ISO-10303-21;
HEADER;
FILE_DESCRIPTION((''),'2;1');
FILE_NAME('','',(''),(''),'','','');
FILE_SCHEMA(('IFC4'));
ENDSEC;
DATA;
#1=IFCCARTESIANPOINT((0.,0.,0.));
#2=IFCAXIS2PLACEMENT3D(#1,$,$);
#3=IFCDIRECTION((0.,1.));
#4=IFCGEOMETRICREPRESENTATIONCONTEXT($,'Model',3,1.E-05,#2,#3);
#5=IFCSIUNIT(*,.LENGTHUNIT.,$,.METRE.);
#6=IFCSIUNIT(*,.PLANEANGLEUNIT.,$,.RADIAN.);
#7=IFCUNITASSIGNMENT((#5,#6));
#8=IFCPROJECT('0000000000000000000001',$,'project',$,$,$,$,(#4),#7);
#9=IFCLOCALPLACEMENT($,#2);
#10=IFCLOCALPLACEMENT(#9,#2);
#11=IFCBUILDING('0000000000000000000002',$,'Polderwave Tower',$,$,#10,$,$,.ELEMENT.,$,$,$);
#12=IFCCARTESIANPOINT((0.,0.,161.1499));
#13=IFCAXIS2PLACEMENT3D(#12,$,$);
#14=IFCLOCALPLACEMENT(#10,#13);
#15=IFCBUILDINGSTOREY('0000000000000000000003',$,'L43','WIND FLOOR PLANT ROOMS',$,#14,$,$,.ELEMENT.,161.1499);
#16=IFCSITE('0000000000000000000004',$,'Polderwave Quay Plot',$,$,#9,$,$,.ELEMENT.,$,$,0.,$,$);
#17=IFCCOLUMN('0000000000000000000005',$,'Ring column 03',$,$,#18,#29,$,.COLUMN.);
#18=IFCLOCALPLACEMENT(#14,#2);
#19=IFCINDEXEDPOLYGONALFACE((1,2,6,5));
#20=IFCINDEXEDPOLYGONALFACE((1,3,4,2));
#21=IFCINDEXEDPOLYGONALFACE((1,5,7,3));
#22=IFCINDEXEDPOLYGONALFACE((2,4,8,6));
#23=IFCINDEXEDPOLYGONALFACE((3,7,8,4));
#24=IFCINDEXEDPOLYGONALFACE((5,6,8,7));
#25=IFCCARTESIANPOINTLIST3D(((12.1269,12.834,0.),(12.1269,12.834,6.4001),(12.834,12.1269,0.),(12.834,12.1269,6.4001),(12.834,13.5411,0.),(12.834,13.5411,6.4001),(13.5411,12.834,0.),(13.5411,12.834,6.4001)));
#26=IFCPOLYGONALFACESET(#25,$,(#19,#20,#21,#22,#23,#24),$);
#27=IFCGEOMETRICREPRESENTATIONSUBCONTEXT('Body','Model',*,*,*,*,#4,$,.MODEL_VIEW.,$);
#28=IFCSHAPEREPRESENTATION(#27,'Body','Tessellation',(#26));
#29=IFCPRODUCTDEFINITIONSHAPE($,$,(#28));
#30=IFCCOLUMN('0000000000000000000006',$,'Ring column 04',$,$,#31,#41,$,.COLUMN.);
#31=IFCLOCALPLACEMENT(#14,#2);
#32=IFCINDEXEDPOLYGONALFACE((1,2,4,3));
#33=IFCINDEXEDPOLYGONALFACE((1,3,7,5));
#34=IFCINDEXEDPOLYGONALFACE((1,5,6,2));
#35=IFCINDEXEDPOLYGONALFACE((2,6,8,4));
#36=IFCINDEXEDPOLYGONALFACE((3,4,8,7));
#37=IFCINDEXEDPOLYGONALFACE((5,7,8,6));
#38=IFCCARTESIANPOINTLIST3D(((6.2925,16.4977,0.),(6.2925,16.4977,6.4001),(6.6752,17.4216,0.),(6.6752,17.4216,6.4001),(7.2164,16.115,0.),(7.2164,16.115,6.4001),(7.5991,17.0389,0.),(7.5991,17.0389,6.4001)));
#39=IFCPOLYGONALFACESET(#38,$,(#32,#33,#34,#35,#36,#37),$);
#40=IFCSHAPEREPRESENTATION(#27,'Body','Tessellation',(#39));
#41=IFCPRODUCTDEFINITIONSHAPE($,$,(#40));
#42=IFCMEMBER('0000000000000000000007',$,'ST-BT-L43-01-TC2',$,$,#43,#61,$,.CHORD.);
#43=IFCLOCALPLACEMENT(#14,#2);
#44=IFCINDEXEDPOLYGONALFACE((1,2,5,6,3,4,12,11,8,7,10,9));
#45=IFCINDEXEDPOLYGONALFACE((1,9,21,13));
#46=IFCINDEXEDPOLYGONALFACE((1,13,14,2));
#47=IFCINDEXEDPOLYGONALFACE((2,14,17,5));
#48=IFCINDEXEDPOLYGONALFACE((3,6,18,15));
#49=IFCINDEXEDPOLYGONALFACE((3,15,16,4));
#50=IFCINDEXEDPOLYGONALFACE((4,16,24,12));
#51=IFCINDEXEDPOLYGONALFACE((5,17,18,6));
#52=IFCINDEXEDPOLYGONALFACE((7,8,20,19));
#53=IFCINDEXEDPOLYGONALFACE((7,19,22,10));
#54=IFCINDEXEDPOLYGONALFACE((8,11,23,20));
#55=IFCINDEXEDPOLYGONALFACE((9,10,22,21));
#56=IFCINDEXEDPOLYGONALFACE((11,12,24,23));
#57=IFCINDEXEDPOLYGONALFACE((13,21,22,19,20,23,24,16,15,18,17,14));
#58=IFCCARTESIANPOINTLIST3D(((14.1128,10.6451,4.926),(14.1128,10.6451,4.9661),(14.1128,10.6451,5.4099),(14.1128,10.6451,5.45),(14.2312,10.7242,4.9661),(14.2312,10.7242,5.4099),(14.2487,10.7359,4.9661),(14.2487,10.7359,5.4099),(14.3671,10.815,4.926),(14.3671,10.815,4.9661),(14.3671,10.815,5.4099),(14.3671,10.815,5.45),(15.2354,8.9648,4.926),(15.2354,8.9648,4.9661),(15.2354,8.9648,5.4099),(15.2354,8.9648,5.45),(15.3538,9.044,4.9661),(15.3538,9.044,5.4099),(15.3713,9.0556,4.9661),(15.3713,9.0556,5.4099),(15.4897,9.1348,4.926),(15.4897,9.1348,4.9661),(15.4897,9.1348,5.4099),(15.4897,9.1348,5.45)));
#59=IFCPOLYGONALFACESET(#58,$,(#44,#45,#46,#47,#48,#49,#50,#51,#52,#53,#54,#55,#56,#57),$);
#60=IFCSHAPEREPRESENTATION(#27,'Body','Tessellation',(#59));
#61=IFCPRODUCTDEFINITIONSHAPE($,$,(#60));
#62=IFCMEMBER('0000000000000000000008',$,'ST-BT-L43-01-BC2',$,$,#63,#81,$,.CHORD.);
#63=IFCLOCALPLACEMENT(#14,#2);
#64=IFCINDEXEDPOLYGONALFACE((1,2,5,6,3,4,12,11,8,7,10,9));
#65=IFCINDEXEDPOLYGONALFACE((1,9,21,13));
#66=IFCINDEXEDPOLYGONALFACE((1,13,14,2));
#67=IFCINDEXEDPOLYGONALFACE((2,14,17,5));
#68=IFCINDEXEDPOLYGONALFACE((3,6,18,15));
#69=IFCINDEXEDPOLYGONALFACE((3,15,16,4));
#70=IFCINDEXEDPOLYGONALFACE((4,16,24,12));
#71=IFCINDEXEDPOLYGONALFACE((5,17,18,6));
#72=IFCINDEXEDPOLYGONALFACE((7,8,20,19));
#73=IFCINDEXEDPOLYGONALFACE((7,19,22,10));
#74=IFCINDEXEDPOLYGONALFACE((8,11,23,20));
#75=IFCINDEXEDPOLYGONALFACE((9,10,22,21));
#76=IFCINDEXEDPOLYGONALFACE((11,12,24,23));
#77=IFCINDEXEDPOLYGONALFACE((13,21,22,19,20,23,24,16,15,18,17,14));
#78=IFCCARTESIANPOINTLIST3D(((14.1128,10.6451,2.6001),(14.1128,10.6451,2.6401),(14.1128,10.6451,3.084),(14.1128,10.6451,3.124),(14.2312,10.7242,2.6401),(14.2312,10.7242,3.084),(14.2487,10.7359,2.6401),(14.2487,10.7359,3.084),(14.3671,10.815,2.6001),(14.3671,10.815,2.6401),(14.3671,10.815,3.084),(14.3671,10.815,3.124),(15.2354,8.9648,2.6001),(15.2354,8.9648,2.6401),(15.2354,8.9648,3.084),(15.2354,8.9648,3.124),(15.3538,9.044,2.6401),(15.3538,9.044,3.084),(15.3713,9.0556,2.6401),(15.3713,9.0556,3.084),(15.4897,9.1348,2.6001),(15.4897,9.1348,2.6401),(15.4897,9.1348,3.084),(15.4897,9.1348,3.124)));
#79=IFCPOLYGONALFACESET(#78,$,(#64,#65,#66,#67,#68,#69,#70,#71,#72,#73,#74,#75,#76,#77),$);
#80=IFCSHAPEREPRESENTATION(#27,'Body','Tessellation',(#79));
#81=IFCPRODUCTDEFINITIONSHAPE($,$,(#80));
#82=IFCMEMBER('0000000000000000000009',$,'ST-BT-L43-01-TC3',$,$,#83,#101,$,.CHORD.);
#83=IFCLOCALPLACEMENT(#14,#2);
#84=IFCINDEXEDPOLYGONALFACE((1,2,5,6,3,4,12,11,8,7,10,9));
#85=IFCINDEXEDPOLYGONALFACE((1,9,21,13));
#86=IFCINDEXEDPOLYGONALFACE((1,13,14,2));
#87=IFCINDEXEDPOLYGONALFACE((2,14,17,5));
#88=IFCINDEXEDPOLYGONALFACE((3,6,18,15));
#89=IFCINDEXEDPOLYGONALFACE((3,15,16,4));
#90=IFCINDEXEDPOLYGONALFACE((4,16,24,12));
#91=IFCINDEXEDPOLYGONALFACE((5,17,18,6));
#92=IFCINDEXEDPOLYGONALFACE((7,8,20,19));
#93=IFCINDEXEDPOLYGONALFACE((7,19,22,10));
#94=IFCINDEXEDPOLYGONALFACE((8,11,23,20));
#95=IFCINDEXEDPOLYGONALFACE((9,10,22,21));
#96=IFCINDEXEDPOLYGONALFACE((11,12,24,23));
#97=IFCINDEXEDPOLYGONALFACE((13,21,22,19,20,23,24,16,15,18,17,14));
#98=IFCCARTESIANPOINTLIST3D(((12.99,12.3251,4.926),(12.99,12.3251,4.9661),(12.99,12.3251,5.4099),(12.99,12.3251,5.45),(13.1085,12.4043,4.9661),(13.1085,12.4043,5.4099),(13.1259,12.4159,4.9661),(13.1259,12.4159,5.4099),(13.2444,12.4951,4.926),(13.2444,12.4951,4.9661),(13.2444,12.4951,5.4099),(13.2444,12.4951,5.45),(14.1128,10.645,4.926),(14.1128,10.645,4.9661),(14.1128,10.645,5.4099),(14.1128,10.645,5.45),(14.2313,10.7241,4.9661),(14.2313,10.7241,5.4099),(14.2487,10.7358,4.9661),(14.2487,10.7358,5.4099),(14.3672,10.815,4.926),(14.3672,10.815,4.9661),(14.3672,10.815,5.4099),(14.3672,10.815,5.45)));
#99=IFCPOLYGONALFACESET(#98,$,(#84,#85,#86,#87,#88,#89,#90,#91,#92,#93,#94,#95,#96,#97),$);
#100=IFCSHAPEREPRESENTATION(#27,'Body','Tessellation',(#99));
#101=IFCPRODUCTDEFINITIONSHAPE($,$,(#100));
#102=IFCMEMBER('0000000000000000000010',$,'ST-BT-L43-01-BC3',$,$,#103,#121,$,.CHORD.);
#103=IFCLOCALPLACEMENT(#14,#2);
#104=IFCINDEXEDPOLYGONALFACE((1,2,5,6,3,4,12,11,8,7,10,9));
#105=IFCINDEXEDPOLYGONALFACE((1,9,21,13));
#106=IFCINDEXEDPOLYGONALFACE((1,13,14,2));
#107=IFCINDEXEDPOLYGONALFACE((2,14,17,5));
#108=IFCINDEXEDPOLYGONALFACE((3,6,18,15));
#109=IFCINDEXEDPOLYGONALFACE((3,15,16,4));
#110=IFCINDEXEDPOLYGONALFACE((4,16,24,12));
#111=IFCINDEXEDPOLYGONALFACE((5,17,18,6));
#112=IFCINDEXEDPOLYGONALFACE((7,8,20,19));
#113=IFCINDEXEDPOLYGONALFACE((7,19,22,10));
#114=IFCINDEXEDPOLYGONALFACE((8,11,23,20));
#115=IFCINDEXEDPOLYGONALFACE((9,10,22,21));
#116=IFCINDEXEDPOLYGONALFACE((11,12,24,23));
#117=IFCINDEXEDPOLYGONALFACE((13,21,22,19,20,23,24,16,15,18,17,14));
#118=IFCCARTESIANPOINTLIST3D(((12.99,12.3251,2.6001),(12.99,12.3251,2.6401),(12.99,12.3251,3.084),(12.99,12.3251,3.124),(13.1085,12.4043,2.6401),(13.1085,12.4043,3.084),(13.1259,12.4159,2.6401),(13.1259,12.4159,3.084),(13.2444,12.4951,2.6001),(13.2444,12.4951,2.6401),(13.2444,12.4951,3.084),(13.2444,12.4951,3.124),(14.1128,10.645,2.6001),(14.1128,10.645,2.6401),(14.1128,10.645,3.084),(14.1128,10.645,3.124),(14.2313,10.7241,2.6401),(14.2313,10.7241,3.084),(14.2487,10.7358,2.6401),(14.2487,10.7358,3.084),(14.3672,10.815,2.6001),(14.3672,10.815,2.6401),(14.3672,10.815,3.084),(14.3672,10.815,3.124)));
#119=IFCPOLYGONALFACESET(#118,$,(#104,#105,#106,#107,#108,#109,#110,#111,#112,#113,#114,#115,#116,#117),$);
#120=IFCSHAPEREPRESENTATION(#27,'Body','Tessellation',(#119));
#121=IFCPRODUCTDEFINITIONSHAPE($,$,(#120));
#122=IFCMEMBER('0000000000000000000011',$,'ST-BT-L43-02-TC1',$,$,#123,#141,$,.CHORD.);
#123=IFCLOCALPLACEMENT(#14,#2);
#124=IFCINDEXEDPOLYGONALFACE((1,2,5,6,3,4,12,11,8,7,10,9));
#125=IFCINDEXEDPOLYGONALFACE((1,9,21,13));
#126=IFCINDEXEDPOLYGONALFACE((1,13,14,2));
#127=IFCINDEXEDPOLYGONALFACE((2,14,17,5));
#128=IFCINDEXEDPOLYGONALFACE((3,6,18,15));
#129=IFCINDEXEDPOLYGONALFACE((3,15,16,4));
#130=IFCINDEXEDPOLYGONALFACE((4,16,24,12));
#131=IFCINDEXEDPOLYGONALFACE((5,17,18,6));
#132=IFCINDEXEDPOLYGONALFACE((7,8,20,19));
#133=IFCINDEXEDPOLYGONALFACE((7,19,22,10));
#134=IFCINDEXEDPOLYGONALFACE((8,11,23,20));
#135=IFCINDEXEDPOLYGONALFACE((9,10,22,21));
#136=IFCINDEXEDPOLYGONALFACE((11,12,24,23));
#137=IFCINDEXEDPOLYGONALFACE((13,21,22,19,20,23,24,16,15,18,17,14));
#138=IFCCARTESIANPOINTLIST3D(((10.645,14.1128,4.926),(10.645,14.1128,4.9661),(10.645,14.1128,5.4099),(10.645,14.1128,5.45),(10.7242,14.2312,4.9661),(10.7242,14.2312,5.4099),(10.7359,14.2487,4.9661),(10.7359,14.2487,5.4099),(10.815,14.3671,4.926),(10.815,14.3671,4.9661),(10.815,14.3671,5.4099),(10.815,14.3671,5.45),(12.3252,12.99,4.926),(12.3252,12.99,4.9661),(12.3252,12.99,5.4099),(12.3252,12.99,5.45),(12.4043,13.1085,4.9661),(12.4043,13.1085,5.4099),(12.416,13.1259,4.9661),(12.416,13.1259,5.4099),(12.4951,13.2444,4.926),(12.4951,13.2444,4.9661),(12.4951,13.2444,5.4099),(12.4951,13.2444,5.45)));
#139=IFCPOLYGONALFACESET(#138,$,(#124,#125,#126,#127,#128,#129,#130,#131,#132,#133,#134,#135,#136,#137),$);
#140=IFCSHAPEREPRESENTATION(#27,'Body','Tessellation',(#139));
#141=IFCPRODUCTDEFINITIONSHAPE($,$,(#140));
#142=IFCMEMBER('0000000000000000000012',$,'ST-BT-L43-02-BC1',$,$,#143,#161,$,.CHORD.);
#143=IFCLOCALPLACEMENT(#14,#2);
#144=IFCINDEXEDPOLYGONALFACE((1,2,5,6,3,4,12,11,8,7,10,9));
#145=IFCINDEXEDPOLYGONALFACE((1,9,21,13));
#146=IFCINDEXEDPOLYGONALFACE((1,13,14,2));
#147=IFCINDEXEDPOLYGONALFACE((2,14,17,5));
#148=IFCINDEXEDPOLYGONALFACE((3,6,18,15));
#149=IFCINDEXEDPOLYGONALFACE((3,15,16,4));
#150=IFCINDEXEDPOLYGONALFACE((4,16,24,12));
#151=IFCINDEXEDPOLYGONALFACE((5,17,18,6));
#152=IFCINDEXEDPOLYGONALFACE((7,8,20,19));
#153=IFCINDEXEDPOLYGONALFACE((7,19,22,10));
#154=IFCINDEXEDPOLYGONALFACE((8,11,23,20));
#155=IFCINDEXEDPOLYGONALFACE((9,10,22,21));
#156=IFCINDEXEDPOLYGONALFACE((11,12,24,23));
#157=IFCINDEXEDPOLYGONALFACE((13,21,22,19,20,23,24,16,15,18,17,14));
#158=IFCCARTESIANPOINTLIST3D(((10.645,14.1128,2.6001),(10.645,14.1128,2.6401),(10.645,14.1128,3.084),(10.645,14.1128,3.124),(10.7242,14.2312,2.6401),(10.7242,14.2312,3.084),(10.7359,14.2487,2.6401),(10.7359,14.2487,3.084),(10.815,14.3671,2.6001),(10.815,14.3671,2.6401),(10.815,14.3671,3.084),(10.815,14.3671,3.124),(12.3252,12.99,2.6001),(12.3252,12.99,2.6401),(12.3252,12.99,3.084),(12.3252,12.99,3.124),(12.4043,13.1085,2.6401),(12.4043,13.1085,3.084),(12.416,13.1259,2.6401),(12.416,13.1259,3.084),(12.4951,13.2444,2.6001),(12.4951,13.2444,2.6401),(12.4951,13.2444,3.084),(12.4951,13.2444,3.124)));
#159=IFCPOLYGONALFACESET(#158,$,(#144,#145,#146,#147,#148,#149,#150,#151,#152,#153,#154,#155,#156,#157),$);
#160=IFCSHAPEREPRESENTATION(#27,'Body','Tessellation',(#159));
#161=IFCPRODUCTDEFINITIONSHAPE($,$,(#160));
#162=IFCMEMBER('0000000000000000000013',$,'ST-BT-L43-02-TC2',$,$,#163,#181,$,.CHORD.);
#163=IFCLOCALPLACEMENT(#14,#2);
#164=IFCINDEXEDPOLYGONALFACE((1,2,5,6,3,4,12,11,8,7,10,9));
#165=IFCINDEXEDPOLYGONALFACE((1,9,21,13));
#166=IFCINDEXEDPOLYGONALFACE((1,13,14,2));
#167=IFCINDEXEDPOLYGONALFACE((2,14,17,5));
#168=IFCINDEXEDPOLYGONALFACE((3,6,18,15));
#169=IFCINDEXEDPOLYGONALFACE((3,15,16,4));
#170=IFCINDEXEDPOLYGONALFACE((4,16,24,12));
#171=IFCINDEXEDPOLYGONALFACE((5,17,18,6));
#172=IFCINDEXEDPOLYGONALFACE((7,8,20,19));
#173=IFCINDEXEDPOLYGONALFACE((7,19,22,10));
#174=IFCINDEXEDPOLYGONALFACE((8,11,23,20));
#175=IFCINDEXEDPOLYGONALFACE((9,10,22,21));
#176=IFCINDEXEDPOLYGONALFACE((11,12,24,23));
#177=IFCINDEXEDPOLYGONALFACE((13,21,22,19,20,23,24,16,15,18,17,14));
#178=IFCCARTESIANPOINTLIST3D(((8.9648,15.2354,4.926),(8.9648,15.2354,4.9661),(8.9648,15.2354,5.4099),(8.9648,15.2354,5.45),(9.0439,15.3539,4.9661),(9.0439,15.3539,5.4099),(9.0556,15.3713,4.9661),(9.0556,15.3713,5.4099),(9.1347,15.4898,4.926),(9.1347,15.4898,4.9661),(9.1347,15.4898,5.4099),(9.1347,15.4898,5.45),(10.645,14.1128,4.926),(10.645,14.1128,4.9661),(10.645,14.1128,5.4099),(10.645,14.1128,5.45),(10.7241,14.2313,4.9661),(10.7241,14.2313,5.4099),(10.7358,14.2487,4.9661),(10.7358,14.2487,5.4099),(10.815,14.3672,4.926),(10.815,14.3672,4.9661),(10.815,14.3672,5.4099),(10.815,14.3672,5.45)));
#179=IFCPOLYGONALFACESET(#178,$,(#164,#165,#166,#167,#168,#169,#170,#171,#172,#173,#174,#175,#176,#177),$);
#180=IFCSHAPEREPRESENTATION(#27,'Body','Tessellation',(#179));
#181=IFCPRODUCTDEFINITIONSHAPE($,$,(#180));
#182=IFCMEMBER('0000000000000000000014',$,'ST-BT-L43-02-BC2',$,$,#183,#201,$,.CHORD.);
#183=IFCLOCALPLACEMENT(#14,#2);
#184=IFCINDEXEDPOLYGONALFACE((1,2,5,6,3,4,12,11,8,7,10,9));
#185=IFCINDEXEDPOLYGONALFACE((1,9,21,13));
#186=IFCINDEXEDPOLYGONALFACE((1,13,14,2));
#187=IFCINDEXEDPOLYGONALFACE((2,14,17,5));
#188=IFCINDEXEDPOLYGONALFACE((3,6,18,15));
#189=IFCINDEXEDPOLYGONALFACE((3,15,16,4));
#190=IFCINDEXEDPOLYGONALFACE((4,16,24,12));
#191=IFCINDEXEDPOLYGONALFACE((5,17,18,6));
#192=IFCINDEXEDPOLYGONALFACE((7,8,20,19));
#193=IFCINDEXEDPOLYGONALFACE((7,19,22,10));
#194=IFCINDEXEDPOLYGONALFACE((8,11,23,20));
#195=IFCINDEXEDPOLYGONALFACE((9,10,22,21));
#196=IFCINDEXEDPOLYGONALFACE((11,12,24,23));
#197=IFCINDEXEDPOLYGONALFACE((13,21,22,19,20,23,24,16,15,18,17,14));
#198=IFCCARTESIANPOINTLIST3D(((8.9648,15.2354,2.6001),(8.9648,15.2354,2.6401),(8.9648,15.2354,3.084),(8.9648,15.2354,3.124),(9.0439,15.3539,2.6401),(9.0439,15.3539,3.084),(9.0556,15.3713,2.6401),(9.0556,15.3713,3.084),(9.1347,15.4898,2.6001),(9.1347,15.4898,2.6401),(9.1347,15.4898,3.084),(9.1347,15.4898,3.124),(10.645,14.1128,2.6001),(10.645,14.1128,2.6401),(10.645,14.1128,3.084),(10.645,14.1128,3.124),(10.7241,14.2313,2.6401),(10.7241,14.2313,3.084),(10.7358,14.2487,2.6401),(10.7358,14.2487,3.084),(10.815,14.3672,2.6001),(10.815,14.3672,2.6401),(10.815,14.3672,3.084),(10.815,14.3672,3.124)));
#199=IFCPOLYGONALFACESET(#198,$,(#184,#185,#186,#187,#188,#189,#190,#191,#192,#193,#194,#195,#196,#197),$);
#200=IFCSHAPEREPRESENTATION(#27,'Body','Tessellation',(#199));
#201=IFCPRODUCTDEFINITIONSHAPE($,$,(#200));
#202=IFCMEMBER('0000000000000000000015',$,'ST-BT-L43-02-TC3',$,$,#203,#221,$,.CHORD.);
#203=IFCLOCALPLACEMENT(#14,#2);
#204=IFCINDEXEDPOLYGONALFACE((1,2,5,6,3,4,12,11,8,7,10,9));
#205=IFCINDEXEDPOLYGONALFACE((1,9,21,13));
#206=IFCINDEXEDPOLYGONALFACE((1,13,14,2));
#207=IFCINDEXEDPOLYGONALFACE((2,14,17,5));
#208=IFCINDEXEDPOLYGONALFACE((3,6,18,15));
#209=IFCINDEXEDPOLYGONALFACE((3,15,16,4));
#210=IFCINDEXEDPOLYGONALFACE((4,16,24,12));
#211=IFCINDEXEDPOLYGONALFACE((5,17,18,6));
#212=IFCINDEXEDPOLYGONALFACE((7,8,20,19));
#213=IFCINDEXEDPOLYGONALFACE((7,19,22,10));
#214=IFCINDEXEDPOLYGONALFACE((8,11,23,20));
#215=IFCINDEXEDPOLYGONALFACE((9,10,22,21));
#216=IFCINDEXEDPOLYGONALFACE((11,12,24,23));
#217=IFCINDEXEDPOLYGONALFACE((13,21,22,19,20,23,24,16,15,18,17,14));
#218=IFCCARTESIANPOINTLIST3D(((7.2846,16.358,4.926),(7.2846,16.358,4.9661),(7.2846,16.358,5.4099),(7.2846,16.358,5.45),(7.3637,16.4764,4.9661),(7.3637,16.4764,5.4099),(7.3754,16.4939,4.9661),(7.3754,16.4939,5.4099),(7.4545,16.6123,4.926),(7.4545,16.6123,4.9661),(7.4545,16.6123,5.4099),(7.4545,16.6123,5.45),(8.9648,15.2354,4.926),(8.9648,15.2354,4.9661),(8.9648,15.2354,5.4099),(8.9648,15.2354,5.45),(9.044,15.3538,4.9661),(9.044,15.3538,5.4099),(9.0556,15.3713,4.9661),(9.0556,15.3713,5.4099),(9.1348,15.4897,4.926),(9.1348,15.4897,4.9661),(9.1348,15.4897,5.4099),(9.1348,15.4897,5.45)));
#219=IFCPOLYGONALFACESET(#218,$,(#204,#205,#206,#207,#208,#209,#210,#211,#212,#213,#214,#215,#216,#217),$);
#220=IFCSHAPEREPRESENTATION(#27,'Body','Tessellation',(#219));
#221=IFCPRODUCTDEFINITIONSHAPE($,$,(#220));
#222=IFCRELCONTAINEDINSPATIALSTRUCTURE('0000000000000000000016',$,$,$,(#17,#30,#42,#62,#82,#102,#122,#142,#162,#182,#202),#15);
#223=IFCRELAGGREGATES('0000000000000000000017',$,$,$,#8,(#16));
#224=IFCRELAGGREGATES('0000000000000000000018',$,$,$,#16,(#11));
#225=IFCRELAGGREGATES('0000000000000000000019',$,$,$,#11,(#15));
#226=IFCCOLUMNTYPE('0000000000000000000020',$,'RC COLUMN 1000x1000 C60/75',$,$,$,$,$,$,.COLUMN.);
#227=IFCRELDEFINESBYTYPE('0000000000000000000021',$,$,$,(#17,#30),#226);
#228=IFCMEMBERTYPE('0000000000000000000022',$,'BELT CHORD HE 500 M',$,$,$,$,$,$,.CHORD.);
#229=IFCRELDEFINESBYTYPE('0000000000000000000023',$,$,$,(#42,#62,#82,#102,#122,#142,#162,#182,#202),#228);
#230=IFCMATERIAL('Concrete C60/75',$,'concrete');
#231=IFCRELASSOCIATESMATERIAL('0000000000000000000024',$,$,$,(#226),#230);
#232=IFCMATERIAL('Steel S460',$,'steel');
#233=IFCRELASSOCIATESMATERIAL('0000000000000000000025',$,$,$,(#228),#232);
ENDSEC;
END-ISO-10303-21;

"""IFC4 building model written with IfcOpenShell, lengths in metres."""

from ifc_helpers import new_model, si_unit, direction, frame, origin, origin_2d, place, context, subcontext, project, spatial, rectangle, i_section, extrude, material, material_profile, profile_set, type_object, element, save


model = new_model("IFC4")

# Units and contexts
model_context = context("Model", 3, precision=1e-05, world=origin(), true_north=direction((0.0, 1.0)))
body_context = subcontext(model_context, "Body", "Model", "MODEL_VIEW")
ifc_project = project(units=[si_unit("LENGTHUNIT", "METRE"), si_unit("PLANEANGLEUNIT", "RADIAN")], contexts=[model_context])

# Site, building, storey
site_placement = place(None, origin())
site = spatial("IfcSite", under=ifc_project, at=site_placement, Name="Polderwave Quay Plot", CompositionType="ELEMENT", RefElevation=0.0)
building_placement = place(site_placement, origin())
building = spatial("IfcBuilding", under=site, at=building_placement, Name="Polderwave Tower", CompositionType="ELEMENT")
storey_placement = place(building_placement, frame((0.0, 0.0, 161.1499)))
storey = spatial("IfcBuildingStorey", under=building, at=storey_placement, Name="L43", Description="WIND FLOOR PLANT ROOMS", CompositionType="ELEMENT", Elevation=161.1499)

# Columns
ifc_material_1 = material(Name="Concrete C60/75", Category="concrete")
ifc_material_profile_1 = material_profile(ifc_material_1, rectangle(XDim=1.0, YDim=1.0, at=origin_2d()), Name="RC 1000x1000")
ifc_profile_set_1 = profile_set([ifc_material_profile_1], Name="Concrete C60/75")
column_type = type_object("IfcColumnType", Name="RC COLUMN 1000x1000 C60/75", PredefinedType="COLUMN", material=ifc_profile_set_1)
for number, where, z_axis, x_axis, name in (
    (1, (12.834, 12.834, 0.0), (0.0, 0.0, 1.0), (0.707107, 0.707107, 0.0), "Ring column 03"),
    (2, (6.9458, 16.7683, 0.0), (0.0, 0.0, 1.0), (0.382683, 0.92388, 0.0), "Ring column 04"),
):
    element("IfcColumn", number, at=place(storey_placement, frame(where, z_axis=z_axis, x_axis=x_axis)), inside=storey, type_object=column_type, Name=name, PredefinedType="COLUMN", context=body_context, shape_type="SweptSolid", body=[
        extrude(rectangle(XDim=1.0, YDim=1.0, at=origin_2d()), origin(), (0.0, 0.0, 1.0), 6.4001),
    ])

# Members
ifc_material_2 = material(Name="Steel S460", Category="steel")
ifc_material_profile_2 = material_profile(ifc_material_2, i_section(OverallWidth=0.3059, OverallDepth=0.5239, WebThickness=0.021, FlangeThickness=0.04, at=origin_2d()), Name="HE 500 M")
ifc_profile_set_2 = profile_set([ifc_material_profile_2], Name="Steel S460")
member_type_1 = type_object("IfcMemberType", Name="BELT CHORD HE 500 M", PredefinedType="CHORD", material=ifc_profile_set_2)
for number, where, z_axis, x_axis, name in (
    (3, (15.3625, 9.0498, 5.188), (-0.555536, 0.831492, 0.0), (-0.831492, -0.555536, 0.0), "ST-BT-L43-01-TC2"),
    (4, (15.3625, 9.0498, 2.8621), (-0.555536, 0.831492, 0.0), (-0.831492, -0.555536, 0.0), "ST-BT-L43-01-BC2"),
    (5, (14.24, 10.73, 5.188), (-0.55562, 0.831436, 0.0), (-0.831436, -0.55562, 0.0), "ST-BT-L43-01-TC3"),
    (6, (14.24, 10.73, 2.8621), (-0.55562, 0.831436, 0.0), (-0.831436, -0.55562, 0.0), "ST-BT-L43-01-BC3"),
    (7, (12.4102, 13.1172, 5.188), (-0.831436, 0.55562, 0.0), (-0.55562, -0.831436, 0.0), "ST-BT-L43-02-TC1"),
    (8, (12.4102, 13.1172, 2.8621), (-0.831436, 0.55562, 0.0), (-0.55562, -0.831436, 0.0), "ST-BT-L43-02-BC1"),
    (9, (10.73, 14.24, 5.188), (-0.831492, 0.555536, 0.0), (-0.555536, -0.831492, 0.0), "ST-BT-L43-02-TC2"),
    (10, (10.73, 14.24, 2.8621), (-0.831492, 0.555536, 0.0), (-0.555536, -0.831492, 0.0), "ST-BT-L43-02-BC2"),
    (11, (9.0498, 15.3625, 5.188), (-0.831492, 0.555536, 0.0), (-0.555536, -0.831492, 0.0), "ST-BT-L43-02-TC3"),
):
    element("IfcMember", number, at=place(storey_placement, frame(where, z_axis=z_axis, x_axis=x_axis)), inside=storey, type_object=member_type_1, Name=name, PredefinedType="CHORD", context=body_context, shape_type="SweptSolid", body=[
        extrude(i_section(OverallWidth=0.3059, OverallDepth=0.5239, WebThickness=0.021, FlangeThickness=0.04, at=origin_2d()), origin(), (0.0, 0.0, 1.0), 2.0208),
    ])

save(model, "model.ifc")
